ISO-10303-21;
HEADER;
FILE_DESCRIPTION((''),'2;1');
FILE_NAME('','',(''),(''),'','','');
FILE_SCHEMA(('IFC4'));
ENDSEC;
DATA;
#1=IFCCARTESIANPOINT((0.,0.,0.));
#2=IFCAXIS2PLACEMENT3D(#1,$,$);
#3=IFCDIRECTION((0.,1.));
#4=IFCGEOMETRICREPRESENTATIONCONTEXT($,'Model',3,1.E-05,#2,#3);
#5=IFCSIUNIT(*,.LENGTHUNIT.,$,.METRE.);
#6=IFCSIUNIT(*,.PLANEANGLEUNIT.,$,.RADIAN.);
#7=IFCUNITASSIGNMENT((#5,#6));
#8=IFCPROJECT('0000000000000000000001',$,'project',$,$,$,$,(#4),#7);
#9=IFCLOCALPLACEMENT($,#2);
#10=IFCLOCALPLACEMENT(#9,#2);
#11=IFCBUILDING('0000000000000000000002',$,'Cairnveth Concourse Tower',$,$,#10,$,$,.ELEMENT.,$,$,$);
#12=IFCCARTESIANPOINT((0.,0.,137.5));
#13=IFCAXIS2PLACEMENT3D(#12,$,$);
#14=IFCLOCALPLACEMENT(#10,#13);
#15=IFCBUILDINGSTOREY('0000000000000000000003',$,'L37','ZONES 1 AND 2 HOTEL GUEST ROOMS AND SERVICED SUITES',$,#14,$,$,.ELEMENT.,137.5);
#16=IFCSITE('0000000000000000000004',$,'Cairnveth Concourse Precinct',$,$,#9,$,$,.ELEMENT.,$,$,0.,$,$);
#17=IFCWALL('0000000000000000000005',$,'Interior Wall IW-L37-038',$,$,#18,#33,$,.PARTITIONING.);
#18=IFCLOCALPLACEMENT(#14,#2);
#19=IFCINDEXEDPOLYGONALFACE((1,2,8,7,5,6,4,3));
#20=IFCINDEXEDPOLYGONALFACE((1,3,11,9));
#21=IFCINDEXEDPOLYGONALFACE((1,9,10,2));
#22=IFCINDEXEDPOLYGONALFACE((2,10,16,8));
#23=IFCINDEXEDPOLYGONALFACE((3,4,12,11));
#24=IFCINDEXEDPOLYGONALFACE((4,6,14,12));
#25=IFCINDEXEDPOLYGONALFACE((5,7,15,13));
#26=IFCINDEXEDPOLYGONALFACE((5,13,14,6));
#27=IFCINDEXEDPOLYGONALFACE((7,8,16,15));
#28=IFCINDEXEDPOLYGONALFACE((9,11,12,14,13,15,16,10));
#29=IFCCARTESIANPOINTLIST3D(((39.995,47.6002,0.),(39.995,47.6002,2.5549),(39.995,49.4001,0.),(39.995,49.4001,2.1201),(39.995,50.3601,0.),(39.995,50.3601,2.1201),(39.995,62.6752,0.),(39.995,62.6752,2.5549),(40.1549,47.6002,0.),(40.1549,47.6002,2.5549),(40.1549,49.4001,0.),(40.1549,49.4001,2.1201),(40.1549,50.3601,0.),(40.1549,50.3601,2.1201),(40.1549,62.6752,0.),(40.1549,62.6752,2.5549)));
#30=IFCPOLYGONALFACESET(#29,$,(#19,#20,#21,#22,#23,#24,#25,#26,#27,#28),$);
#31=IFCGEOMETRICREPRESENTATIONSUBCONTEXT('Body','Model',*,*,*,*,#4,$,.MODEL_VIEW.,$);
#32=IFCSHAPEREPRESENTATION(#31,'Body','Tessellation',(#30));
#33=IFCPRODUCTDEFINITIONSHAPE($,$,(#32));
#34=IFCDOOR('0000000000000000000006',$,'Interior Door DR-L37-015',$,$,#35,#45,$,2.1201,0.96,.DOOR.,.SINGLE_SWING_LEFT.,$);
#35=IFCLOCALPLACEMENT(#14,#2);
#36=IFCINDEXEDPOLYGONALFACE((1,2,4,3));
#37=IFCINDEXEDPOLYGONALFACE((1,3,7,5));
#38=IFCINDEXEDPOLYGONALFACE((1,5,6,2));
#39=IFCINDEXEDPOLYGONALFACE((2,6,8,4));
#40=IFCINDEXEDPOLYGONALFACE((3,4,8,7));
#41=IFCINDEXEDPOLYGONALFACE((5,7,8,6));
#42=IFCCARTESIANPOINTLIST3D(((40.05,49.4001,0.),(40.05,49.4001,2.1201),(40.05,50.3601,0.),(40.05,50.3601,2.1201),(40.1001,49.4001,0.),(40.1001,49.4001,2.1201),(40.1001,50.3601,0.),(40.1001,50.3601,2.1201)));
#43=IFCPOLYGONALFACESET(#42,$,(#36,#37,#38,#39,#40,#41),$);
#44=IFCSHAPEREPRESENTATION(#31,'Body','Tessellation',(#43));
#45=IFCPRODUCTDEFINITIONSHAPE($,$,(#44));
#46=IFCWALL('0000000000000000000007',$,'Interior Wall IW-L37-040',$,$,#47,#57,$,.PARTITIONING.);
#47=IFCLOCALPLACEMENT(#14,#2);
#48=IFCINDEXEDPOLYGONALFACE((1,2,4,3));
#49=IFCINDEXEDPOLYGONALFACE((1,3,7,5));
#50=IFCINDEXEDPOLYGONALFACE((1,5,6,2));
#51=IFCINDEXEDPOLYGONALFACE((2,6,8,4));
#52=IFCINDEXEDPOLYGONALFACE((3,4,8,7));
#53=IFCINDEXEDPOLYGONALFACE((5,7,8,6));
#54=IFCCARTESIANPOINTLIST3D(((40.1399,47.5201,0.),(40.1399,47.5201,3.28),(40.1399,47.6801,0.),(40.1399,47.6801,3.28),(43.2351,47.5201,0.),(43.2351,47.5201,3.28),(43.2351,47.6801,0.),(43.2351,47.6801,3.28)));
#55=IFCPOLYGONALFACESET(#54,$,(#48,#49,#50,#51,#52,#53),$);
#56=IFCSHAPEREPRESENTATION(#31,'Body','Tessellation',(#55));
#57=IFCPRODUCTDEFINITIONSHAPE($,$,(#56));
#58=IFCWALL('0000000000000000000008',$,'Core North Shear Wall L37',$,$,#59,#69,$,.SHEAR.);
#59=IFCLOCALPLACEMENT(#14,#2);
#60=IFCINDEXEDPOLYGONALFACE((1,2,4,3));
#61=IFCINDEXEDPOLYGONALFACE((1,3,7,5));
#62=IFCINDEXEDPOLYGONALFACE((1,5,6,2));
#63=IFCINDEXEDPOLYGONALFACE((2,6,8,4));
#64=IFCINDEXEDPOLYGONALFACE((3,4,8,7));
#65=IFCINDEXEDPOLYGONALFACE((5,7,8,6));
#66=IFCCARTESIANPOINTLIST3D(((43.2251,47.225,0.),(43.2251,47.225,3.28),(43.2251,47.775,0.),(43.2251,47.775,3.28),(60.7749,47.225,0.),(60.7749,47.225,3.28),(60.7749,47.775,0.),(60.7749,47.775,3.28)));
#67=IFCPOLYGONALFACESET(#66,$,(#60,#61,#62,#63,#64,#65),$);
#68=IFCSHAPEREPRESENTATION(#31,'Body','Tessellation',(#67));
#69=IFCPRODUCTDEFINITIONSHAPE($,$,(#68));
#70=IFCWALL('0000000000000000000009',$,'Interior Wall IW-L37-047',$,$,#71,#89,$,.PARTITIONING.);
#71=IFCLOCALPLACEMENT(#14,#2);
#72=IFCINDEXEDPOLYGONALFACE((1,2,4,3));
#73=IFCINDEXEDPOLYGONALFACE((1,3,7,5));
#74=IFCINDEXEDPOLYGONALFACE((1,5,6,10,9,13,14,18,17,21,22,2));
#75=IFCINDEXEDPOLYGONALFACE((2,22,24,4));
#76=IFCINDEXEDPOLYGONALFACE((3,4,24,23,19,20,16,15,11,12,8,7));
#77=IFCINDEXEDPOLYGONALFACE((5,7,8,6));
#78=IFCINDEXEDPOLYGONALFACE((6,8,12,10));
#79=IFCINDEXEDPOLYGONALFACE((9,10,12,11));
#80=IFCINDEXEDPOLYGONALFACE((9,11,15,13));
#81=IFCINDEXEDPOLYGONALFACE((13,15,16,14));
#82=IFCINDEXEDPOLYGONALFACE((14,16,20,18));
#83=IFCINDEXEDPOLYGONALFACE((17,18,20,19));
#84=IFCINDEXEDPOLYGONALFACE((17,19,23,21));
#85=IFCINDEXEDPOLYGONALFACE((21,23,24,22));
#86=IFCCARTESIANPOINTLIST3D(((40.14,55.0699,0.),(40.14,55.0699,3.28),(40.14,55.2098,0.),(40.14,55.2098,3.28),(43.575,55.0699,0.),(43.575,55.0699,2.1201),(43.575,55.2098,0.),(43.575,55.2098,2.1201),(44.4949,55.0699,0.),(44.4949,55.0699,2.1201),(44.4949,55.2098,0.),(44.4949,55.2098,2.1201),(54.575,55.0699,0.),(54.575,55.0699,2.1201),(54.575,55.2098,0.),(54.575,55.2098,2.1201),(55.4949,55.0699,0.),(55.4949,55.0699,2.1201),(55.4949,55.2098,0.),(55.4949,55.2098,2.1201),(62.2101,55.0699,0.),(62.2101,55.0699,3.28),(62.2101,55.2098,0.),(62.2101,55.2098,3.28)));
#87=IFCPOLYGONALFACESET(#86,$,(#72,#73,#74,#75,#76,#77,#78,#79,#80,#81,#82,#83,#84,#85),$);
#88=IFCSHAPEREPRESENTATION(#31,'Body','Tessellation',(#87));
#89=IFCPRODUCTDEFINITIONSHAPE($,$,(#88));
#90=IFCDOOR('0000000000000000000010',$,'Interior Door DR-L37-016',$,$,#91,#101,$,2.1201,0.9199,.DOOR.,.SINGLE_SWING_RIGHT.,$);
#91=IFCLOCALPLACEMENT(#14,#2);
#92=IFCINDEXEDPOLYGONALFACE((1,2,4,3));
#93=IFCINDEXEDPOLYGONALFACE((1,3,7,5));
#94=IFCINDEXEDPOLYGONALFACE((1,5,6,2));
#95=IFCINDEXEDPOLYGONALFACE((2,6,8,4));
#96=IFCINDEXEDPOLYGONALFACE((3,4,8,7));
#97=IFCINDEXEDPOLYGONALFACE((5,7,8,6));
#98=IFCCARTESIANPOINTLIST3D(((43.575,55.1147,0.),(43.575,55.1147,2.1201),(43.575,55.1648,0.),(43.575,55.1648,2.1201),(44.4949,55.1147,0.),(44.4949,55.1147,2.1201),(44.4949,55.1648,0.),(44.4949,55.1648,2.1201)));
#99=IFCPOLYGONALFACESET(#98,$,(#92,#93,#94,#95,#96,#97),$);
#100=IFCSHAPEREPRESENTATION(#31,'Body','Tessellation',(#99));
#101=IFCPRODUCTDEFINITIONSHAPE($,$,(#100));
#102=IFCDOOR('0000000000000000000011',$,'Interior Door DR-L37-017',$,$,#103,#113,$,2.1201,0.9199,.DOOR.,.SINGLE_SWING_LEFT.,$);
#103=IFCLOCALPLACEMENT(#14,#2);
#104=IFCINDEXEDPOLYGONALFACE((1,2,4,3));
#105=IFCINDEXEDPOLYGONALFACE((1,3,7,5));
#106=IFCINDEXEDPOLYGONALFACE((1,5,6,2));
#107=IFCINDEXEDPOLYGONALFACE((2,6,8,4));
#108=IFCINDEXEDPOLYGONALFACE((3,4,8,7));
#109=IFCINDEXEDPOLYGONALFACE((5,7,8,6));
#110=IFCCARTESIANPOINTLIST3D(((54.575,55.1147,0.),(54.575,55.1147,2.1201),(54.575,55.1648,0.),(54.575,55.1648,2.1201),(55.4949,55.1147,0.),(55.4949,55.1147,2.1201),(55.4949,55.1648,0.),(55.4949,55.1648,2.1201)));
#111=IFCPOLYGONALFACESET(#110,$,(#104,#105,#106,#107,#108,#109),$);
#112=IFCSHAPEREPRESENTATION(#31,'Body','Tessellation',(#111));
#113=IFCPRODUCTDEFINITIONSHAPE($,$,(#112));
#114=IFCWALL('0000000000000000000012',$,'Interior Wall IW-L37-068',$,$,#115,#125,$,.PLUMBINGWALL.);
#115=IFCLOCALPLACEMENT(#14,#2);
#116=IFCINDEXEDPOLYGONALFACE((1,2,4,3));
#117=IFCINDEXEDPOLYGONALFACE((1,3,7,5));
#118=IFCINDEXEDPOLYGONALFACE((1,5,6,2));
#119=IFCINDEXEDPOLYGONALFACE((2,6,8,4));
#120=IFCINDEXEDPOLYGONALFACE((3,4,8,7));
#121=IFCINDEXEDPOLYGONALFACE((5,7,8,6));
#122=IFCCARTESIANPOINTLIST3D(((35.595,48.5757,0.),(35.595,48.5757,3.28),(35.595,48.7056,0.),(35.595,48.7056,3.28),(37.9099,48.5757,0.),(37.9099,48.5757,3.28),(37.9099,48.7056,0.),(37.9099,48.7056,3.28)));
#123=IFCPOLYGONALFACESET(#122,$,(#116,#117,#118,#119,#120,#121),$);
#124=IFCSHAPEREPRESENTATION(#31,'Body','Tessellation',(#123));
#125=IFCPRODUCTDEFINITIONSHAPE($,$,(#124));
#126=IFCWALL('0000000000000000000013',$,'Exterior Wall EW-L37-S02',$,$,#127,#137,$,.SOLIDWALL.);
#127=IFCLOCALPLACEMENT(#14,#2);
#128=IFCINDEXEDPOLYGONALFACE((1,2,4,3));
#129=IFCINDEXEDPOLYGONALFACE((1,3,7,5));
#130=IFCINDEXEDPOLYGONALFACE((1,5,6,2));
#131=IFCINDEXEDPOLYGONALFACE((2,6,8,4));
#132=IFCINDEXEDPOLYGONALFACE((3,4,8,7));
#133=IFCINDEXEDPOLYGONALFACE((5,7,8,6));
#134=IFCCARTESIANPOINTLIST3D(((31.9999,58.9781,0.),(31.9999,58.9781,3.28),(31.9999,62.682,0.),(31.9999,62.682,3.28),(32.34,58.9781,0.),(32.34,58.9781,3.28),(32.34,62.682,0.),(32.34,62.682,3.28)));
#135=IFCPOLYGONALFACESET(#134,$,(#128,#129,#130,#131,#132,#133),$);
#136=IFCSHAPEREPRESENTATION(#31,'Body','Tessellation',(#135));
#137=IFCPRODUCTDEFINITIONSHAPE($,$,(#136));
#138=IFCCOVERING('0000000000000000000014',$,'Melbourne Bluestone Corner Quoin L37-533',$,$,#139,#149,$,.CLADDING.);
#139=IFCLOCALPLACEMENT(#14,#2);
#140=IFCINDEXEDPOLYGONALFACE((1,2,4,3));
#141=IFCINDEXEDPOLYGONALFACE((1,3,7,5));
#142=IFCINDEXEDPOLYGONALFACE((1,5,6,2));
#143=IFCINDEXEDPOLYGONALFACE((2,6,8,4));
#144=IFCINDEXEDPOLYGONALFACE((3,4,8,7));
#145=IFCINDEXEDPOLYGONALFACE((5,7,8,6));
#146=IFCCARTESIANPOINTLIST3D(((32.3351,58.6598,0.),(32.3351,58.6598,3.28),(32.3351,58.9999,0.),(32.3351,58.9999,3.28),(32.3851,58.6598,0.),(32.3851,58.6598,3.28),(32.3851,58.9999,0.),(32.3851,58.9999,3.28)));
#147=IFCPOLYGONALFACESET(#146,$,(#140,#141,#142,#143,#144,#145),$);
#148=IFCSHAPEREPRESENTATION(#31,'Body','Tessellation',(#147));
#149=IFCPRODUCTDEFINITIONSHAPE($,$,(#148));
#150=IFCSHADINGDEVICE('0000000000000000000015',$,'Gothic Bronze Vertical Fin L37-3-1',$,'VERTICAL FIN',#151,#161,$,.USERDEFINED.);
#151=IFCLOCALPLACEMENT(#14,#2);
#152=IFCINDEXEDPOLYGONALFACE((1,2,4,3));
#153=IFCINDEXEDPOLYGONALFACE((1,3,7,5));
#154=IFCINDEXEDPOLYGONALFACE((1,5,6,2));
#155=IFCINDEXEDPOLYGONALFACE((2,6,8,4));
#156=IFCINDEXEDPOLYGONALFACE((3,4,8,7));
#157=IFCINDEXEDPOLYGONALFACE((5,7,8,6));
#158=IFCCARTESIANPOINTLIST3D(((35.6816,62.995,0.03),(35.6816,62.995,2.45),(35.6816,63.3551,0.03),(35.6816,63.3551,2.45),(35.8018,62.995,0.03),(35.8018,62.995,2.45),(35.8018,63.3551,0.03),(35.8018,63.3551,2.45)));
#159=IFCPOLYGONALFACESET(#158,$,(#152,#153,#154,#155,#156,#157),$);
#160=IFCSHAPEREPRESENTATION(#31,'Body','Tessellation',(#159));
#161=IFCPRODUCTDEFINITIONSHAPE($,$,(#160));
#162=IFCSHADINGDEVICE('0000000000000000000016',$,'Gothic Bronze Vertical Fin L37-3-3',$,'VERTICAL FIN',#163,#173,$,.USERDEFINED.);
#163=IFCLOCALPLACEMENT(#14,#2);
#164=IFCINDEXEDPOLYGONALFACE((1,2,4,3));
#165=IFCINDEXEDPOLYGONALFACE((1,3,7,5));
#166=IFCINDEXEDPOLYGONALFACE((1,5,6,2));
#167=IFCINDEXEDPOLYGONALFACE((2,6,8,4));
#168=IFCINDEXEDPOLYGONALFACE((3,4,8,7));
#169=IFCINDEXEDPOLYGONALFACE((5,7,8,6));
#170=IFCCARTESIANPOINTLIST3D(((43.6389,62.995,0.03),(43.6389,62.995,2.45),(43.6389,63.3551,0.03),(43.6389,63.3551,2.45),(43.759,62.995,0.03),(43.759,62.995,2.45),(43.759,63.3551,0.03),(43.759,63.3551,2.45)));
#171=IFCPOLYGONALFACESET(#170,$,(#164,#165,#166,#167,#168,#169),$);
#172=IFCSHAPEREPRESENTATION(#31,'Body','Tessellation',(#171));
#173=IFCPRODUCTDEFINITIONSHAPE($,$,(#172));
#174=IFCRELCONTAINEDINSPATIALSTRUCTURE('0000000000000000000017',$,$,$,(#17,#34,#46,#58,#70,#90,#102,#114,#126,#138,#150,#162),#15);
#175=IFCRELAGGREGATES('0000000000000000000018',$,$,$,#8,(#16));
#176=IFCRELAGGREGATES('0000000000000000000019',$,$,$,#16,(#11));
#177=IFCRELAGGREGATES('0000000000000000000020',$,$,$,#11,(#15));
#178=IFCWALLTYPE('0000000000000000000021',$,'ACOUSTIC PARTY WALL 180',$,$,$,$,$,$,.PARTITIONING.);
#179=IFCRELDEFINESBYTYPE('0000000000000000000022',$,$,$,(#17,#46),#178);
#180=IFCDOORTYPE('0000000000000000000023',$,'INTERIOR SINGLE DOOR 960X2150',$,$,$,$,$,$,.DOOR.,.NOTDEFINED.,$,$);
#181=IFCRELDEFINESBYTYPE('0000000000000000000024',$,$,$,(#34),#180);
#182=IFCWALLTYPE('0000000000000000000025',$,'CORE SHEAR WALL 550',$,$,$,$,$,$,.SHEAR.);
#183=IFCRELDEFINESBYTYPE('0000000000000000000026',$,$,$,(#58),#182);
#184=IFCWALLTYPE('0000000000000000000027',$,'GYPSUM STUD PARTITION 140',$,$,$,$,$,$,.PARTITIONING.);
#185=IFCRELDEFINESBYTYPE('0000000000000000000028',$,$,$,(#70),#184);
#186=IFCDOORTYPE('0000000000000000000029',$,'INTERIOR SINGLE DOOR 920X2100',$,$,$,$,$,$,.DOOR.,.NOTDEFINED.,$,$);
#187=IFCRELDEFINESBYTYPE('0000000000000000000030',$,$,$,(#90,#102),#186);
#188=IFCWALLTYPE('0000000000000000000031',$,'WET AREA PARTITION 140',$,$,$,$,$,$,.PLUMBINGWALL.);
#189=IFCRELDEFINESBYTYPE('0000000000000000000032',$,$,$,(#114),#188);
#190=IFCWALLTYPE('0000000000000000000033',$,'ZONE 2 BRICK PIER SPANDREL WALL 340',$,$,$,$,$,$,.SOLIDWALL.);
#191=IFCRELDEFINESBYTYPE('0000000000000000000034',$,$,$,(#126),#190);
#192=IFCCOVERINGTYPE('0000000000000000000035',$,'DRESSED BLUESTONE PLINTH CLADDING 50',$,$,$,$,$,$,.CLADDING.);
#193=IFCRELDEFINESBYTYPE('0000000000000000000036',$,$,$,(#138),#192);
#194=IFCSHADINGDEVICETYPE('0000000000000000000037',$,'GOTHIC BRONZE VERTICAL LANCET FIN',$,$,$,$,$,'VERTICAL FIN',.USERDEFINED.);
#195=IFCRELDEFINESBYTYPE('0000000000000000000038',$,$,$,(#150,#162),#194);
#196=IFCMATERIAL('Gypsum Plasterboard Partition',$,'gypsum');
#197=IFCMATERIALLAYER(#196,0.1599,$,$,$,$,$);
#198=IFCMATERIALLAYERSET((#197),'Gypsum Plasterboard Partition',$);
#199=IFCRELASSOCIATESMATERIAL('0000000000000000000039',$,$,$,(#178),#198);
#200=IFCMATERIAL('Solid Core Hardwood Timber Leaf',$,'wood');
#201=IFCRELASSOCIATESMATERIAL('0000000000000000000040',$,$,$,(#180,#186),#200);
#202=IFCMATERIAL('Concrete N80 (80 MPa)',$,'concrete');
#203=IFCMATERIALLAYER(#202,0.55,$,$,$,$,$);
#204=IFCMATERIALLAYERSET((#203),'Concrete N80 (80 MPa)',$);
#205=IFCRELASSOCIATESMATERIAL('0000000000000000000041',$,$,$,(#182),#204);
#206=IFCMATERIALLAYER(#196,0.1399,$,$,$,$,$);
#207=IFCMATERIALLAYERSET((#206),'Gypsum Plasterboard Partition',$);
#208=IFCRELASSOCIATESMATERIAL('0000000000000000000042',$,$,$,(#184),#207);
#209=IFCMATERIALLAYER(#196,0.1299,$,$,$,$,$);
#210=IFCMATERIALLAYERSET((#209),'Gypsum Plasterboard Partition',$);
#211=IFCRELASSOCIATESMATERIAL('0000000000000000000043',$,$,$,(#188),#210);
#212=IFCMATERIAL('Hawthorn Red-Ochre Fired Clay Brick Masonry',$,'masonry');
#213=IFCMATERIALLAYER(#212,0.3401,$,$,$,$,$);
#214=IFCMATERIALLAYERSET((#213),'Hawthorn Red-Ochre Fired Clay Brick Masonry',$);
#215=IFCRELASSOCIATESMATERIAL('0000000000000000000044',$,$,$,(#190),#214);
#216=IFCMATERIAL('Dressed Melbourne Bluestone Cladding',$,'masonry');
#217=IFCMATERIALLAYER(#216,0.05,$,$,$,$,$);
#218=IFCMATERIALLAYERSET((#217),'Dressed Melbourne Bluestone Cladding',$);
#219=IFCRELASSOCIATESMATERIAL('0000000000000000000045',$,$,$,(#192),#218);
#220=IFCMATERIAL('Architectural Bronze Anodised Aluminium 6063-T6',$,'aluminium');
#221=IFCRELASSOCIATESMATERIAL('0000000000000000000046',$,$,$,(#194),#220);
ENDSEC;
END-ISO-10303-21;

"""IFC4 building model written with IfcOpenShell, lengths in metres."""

from ifc_helpers import new_model, si_unit, direction, frame, frame_2d, origin, origin_2d, place, context, subcontext, project, spatial, rectangle, extrude, material, layer, layer_set, type_object, element, fill, save


model = new_model("IFC4")

# Units and contexts
model_context = context("Model", 3, precision=1e-05, world=origin(), true_north=direction((0.0, 1.0)))
body_context = subcontext(model_context, "Body", "Model", "MODEL_VIEW")
ifc_project = project(units=[si_unit("LENGTHUNIT", "METRE"), si_unit("PLANEANGLEUNIT", "RADIAN")], contexts=[model_context])

# Site, building, storey
site_placement = place(None, origin())
site = spatial("IfcSite", under=ifc_project, at=site_placement, Name="Cairnveth Concourse Precinct", CompositionType="ELEMENT", RefElevation=0.0)
building_placement = place(site_placement, origin())
building = spatial("IfcBuilding", under=site, at=building_placement, Name="Cairnveth Concourse Tower", CompositionType="ELEMENT")
storey_placement = place(building_placement, frame((0.0, 0.0, 137.5)))
storey = spatial("IfcBuildingStorey", under=building, at=storey_placement, Name="L37", Description="ZONES 1 AND 2 HOTEL GUEST ROOMS AND SERVICED SUITES", CompositionType="ELEMENT", Elevation=137.5)

# Wall, opening, door
ifc_material_1 = material(Name="Gypsum Plasterboard Partition", Category="gypsum")
ifc_layer_1 = layer(ifc_material_1, 0.1599)
ifc_layer_set_1 = layer_set([ifc_layer_1], Name="Gypsum Plasterboard Partition")
wall_type_1 = type_object("IfcWallType", Name="ACOUSTIC PARTY WALL 180", PredefinedType="PARTITIONING", material=ifc_layer_set_1)
wall_1_placement = place(storey_placement, frame((40.075, 47.6001, 0.0), z_axis=(0.0, 0.0, 1.0), x_axis=(0.0, 1.0, 0.0)))
wall_1 = element("IfcWall", 1, at=wall_1_placement, inside=storey, type_object=wall_type_1, Name="Interior Wall IW-L37-038", PredefinedType="PARTITIONING", context=body_context, shape_type="SweptSolid", body=[
    extrude(rectangle(XDim=15.075, YDim=0.1599, at=frame_2d((7.5376, 0.0))), origin(), (0.0, 0.0, 1.0), 2.5549),
])
opening_1_placement = place(wall_1_placement, frame((1.8, 0.0, 0.0)))
opening_1 = element("IfcOpeningElement", 2, at=opening_1_placement, cuts=wall_1, PredefinedType="OPENING", context=body_context, shape_type="SweptSolid", body=[
    extrude(rectangle(XDim=0.96, YDim=2.1201, at=frame_2d((0.48, 1.0601))), frame((0.0, 0.0898, 0.0), z_axis=(0.0, -1.0, 0.0), x_axis=(1.0, 0.0, 0.0)), (0.0, 0.0, 1.0), 0.1799),
])
ifc_material_2 = material(Name="Solid Core Hardwood Timber Leaf", Category="wood")
door_type_1 = type_object("IfcDoorType", Name="INTERIOR SINGLE DOOR 960X2150", OperationType="NOTDEFINED", PredefinedType="DOOR", material=ifc_material_2)
door_1_placement = place(opening_1_placement, origin())
door_1 = element("IfcDoor", 3, at=door_1_placement, inside=storey, type_object=door_type_1, Name="Interior Door DR-L37-015", OperationType="SINGLE_SWING_LEFT", OverallHeight=2.1201, OverallWidth=0.96, PredefinedType="DOOR", context=body_context, shape_type="SweptSolid", body=[
    extrude(rectangle(XDim=0.96, YDim=2.1201, at=frame_2d((0.48, 1.0601))), frame((0.0, 0.0249, 0.0), z_axis=(0.0, -1.0, 0.0), x_axis=(1.0, 0.0, 0.0)), (0.0, 0.0, 1.0), 0.05),
])
fill(opening_1, door_1)

# Walls
wall_2_placement = place(storey_placement, frame((40.1399, 47.6001, 0.0), z_axis=(0.0, 0.0, 1.0), x_axis=(1.0, 0.0, 0.0)))
element("IfcWall", 4, at=wall_2_placement, inside=storey, type_object=wall_type_1, Name="Interior Wall IW-L37-040", PredefinedType="PARTITIONING", context=body_context, shape_type="SweptSolid", body=[
    extrude(rectangle(XDim=3.0952, YDim=0.1599, at=frame_2d((1.5476, 0.0))), origin(), (0.0, 0.0, 1.0), 3.28),
])
ifc_material_3 = material(Name="Concrete N80 (80 MPa)", Category="concrete")
ifc_layer_2 = layer(ifc_material_3, 0.55)
ifc_layer_set_2 = layer_set([ifc_layer_2], Name="Concrete N80 (80 MPa)")
wall_type_2 = type_object("IfcWallType", Name="CORE SHEAR WALL 550", PredefinedType="SHEAR", material=ifc_layer_set_2)
wall_3_placement = place(storey_placement, frame((43.2251, 47.5, 0.0), z_axis=(0.0, 0.0, 1.0), x_axis=(1.0, 0.0, 0.0)))
element("IfcWall", 5, at=wall_3_placement, inside=storey, type_object=wall_type_2, Name="Core North Shear Wall L37", PredefinedType="SHEAR", context=body_context, shape_type="SweptSolid", body=[
    extrude(rectangle(XDim=17.5498, YDim=0.55, at=frame_2d((8.7749, 0.0))), origin(), (0.0, 0.0, 1.0), 3.28),
])

# Wall, openings, doors
ifc_layer_3 = layer(ifc_material_1, 0.1399)
ifc_layer_set_3 = layer_set([ifc_layer_3], Name="Gypsum Plasterboard Partition")
wall_type_3 = type_object("IfcWallType", Name="GYPSUM STUD PARTITION 140", PredefinedType="PARTITIONING", material=ifc_layer_set_3)
wall_4_placement = place(storey_placement, frame((40.1399, 55.1399, 0.0), z_axis=(0.0, 0.0, 1.0), x_axis=(1.0, 0.0, 0.0)))
wall_4 = element("IfcWall", 6, at=wall_4_placement, inside=storey, type_object=wall_type_3, Name="Interior Wall IW-L37-047", PredefinedType="PARTITIONING", context=body_context, shape_type="SweptSolid", body=[
    extrude(rectangle(XDim=22.0701, YDim=0.1399, at=frame_2d((11.0352, 0.0))), origin(), (0.0, 0.0, 1.0), 3.28),
])
opening_2_placement = place(wall_4_placement, frame((3.4351, 0.0, 0.0)))
opening_2 = element("IfcOpeningElement", 7, at=opening_2_placement, cuts=wall_4, PredefinedType="OPENING", context=body_context, shape_type="SweptSolid", body=[
    extrude(rectangle(XDim=0.9199, YDim=2.1201, at=frame_2d((0.46, 1.0601))), frame((0.0, 0.0798, 0.0), z_axis=(0.0, -1.0, 0.0), x_axis=(1.0, 0.0, 0.0)), (0.0, 0.0, 1.0), 0.1599),
])
opening_3_placement = place(wall_4_placement, frame((14.4351, 0.0, 0.0)))
opening_3 = element("IfcOpeningElement", 8, at=opening_3_placement, cuts=wall_4, PredefinedType="OPENING", context=body_context, shape_type="SweptSolid", body=[
    extrude(rectangle(XDim=0.9199, YDim=2.1201, at=frame_2d((0.46, 1.0601))), frame((0.0, 0.0798, 0.0), z_axis=(0.0, -1.0, 0.0), x_axis=(1.0, 0.0, 0.0)), (0.0, 0.0, 1.0), 0.1599),
])
door_type_2 = type_object("IfcDoorType", Name="INTERIOR SINGLE DOOR 920X2100", OperationType="NOTDEFINED", PredefinedType="DOOR", material=ifc_material_2)
door_2_placement = place(opening_2_placement, origin())
door_2 = element("IfcDoor", 9, at=door_2_placement, inside=storey, type_object=door_type_2, Name="Interior Door DR-L37-016", OperationType="SINGLE_SWING_RIGHT", OverallHeight=2.1201, OverallWidth=0.9199, PredefinedType="DOOR", context=body_context, shape_type="SweptSolid", body=[
    extrude(rectangle(XDim=0.9199, YDim=2.1201, at=frame_2d((0.46, 1.0601))), frame((0.0, 0.0249, 0.0), z_axis=(0.0, -1.0, 0.0), x_axis=(1.0, 0.0, 0.0)), (0.0, 0.0, 1.0), 0.05),
])
fill(opening_2, door_2)
door_3_placement = place(opening_3_placement, origin())
door_3 = element("IfcDoor", 10, at=door_3_placement, inside=storey, type_object=door_type_2, Name="Interior Door DR-L37-017", OperationType="SINGLE_SWING_LEFT", OverallHeight=2.1201, OverallWidth=0.9199, PredefinedType="DOOR", context=body_context, shape_type="SweptSolid", body=[
    extrude(rectangle(XDim=0.9199, YDim=2.1201, at=frame_2d((0.46, 1.0601))), frame((0.0, 0.0249, 0.0), z_axis=(0.0, -1.0, 0.0), x_axis=(1.0, 0.0, 0.0)), (0.0, 0.0, 1.0), 0.05),
])
fill(opening_3, door_3)

# Walls
ifc_layer_4 = layer(ifc_material_1, 0.1299)
ifc_layer_set_4 = layer_set([ifc_layer_4], Name="Gypsum Plasterboard Partition")
wall_type_4 = type_object("IfcWallType", Name="WET AREA PARTITION 140", PredefinedType="PLUMBINGWALL", material=ifc_layer_set_4)
wall_5_placement = place(storey_placement, frame((35.595, 48.6406, 0.0), z_axis=(0.0, 0.0, 1.0), x_axis=(1.0, 0.0, 0.0)))
element("IfcWall", 11, at=wall_5_placement, inside=storey, type_object=wall_type_4, Name="Interior Wall IW-L37-068", PredefinedType="PLUMBINGWALL", context=body_context, shape_type="SweptSolid", body=[
    extrude(rectangle(XDim=2.3149, YDim=0.1299, at=frame_2d((1.1575, 0.0))), origin(), (0.0, 0.0, 1.0), 3.28),
])
ifc_material_4 = material(Name="Hawthorn Red-Ochre Fired Clay Brick Masonry", Category="masonry")
ifc_layer_5 = layer(ifc_material_4, 0.3401)
ifc_layer_set_5 = layer_set([ifc_layer_5], Name="Hawthorn Red-Ochre Fired Clay Brick Masonry")
wall_type_5 = type_object("IfcWallType", Name="ZONE 2 BRICK PIER SPANDREL WALL 340", PredefinedType="SOLIDWALL", material=ifc_layer_set_5)
wall_6_placement = place(storey_placement, frame((32.1699, 58.978, 0.0), z_axis=(0.0, 0.0, 1.0), x_axis=(0.0, 1.0, 0.0)))
element("IfcWall", 12, at=wall_6_placement, inside=storey, type_object=wall_type_5, Name="Exterior Wall EW-L37-S02", PredefinedType="SOLIDWALL", context=body_context, shape_type="SweptSolid", body=[
    extrude(rectangle(XDim=3.7039, YDim=0.3401, at=frame_2d((1.8521, 0.0))), origin(), (0.0, 0.0, 1.0), 3.28),
])

# Covering
ifc_material_5 = material(Name="Dressed Melbourne Bluestone Cladding", Category="masonry")
ifc_layer_6 = layer(ifc_material_5, 0.05)
ifc_layer_set_6 = layer_set([ifc_layer_6], Name="Dressed Melbourne Bluestone Cladding")
covering_type = type_object("IfcCoveringType", Name="DRESSED BLUESTONE PLINTH CLADDING 50", PredefinedType="CLADDING", material=ifc_layer_set_6)
covering_placement = place(storey_placement, frame((32.3601, 58.6599, 0.0), z_axis=(0.0, 0.0, 1.0), x_axis=(0.0, 1.0, 0.0)))
element("IfcCovering", 13, at=covering_placement, inside=storey, type_object=covering_type, Name="Melbourne Bluestone Corner Quoin L37-533", PredefinedType="CLADDING", context=body_context, shape_type="SweptSolid", body=[
    extrude(rectangle(XDim=0.3401, YDim=0.05, at=frame_2d((0.1699, 0.0))), origin(), (0.0, 0.0, 1.0), 3.28),
])

# Shading devices
ifc_material_6 = material(Name="Architectural Bronze Anodised Aluminium 6063-T6", Category="aluminium")
shading_device_type = type_object("IfcShadingDeviceType", Name="GOTHIC BRONZE VERTICAL LANCET FIN", ElementType="VERTICAL FIN", PredefinedType="USERDEFINED", material=ifc_material_6)
for number, where, z_axis, x_axis, name in (
    (14, (35.7417, 63.175, 0.03), (0.0, 0.0, 1.0), (1.0, 0.0, 0.0), "Gothic Bronze Vertical Fin L37-3-1"),
    (15, (43.699, 63.175, 0.03), (0.0, 0.0, 1.0), (1.0, 0.0, 0.0), "Gothic Bronze Vertical Fin L37-3-3"),
):
    element("IfcShadingDevice", number, at=place(storey_placement, frame(where, z_axis=z_axis, x_axis=x_axis)), inside=storey, type_object=shading_device_type, Name=name, ObjectType="VERTICAL FIN", PredefinedType="USERDEFINED", context=body_context, shape_type="SweptSolid", body=[
        extrude(rectangle(XDim=0.1201, YDim=0.3601, at=origin_2d()), origin(), (0.0, 0.0, 1.0), 2.4199),
    ])

save(model, "model.ifc")
